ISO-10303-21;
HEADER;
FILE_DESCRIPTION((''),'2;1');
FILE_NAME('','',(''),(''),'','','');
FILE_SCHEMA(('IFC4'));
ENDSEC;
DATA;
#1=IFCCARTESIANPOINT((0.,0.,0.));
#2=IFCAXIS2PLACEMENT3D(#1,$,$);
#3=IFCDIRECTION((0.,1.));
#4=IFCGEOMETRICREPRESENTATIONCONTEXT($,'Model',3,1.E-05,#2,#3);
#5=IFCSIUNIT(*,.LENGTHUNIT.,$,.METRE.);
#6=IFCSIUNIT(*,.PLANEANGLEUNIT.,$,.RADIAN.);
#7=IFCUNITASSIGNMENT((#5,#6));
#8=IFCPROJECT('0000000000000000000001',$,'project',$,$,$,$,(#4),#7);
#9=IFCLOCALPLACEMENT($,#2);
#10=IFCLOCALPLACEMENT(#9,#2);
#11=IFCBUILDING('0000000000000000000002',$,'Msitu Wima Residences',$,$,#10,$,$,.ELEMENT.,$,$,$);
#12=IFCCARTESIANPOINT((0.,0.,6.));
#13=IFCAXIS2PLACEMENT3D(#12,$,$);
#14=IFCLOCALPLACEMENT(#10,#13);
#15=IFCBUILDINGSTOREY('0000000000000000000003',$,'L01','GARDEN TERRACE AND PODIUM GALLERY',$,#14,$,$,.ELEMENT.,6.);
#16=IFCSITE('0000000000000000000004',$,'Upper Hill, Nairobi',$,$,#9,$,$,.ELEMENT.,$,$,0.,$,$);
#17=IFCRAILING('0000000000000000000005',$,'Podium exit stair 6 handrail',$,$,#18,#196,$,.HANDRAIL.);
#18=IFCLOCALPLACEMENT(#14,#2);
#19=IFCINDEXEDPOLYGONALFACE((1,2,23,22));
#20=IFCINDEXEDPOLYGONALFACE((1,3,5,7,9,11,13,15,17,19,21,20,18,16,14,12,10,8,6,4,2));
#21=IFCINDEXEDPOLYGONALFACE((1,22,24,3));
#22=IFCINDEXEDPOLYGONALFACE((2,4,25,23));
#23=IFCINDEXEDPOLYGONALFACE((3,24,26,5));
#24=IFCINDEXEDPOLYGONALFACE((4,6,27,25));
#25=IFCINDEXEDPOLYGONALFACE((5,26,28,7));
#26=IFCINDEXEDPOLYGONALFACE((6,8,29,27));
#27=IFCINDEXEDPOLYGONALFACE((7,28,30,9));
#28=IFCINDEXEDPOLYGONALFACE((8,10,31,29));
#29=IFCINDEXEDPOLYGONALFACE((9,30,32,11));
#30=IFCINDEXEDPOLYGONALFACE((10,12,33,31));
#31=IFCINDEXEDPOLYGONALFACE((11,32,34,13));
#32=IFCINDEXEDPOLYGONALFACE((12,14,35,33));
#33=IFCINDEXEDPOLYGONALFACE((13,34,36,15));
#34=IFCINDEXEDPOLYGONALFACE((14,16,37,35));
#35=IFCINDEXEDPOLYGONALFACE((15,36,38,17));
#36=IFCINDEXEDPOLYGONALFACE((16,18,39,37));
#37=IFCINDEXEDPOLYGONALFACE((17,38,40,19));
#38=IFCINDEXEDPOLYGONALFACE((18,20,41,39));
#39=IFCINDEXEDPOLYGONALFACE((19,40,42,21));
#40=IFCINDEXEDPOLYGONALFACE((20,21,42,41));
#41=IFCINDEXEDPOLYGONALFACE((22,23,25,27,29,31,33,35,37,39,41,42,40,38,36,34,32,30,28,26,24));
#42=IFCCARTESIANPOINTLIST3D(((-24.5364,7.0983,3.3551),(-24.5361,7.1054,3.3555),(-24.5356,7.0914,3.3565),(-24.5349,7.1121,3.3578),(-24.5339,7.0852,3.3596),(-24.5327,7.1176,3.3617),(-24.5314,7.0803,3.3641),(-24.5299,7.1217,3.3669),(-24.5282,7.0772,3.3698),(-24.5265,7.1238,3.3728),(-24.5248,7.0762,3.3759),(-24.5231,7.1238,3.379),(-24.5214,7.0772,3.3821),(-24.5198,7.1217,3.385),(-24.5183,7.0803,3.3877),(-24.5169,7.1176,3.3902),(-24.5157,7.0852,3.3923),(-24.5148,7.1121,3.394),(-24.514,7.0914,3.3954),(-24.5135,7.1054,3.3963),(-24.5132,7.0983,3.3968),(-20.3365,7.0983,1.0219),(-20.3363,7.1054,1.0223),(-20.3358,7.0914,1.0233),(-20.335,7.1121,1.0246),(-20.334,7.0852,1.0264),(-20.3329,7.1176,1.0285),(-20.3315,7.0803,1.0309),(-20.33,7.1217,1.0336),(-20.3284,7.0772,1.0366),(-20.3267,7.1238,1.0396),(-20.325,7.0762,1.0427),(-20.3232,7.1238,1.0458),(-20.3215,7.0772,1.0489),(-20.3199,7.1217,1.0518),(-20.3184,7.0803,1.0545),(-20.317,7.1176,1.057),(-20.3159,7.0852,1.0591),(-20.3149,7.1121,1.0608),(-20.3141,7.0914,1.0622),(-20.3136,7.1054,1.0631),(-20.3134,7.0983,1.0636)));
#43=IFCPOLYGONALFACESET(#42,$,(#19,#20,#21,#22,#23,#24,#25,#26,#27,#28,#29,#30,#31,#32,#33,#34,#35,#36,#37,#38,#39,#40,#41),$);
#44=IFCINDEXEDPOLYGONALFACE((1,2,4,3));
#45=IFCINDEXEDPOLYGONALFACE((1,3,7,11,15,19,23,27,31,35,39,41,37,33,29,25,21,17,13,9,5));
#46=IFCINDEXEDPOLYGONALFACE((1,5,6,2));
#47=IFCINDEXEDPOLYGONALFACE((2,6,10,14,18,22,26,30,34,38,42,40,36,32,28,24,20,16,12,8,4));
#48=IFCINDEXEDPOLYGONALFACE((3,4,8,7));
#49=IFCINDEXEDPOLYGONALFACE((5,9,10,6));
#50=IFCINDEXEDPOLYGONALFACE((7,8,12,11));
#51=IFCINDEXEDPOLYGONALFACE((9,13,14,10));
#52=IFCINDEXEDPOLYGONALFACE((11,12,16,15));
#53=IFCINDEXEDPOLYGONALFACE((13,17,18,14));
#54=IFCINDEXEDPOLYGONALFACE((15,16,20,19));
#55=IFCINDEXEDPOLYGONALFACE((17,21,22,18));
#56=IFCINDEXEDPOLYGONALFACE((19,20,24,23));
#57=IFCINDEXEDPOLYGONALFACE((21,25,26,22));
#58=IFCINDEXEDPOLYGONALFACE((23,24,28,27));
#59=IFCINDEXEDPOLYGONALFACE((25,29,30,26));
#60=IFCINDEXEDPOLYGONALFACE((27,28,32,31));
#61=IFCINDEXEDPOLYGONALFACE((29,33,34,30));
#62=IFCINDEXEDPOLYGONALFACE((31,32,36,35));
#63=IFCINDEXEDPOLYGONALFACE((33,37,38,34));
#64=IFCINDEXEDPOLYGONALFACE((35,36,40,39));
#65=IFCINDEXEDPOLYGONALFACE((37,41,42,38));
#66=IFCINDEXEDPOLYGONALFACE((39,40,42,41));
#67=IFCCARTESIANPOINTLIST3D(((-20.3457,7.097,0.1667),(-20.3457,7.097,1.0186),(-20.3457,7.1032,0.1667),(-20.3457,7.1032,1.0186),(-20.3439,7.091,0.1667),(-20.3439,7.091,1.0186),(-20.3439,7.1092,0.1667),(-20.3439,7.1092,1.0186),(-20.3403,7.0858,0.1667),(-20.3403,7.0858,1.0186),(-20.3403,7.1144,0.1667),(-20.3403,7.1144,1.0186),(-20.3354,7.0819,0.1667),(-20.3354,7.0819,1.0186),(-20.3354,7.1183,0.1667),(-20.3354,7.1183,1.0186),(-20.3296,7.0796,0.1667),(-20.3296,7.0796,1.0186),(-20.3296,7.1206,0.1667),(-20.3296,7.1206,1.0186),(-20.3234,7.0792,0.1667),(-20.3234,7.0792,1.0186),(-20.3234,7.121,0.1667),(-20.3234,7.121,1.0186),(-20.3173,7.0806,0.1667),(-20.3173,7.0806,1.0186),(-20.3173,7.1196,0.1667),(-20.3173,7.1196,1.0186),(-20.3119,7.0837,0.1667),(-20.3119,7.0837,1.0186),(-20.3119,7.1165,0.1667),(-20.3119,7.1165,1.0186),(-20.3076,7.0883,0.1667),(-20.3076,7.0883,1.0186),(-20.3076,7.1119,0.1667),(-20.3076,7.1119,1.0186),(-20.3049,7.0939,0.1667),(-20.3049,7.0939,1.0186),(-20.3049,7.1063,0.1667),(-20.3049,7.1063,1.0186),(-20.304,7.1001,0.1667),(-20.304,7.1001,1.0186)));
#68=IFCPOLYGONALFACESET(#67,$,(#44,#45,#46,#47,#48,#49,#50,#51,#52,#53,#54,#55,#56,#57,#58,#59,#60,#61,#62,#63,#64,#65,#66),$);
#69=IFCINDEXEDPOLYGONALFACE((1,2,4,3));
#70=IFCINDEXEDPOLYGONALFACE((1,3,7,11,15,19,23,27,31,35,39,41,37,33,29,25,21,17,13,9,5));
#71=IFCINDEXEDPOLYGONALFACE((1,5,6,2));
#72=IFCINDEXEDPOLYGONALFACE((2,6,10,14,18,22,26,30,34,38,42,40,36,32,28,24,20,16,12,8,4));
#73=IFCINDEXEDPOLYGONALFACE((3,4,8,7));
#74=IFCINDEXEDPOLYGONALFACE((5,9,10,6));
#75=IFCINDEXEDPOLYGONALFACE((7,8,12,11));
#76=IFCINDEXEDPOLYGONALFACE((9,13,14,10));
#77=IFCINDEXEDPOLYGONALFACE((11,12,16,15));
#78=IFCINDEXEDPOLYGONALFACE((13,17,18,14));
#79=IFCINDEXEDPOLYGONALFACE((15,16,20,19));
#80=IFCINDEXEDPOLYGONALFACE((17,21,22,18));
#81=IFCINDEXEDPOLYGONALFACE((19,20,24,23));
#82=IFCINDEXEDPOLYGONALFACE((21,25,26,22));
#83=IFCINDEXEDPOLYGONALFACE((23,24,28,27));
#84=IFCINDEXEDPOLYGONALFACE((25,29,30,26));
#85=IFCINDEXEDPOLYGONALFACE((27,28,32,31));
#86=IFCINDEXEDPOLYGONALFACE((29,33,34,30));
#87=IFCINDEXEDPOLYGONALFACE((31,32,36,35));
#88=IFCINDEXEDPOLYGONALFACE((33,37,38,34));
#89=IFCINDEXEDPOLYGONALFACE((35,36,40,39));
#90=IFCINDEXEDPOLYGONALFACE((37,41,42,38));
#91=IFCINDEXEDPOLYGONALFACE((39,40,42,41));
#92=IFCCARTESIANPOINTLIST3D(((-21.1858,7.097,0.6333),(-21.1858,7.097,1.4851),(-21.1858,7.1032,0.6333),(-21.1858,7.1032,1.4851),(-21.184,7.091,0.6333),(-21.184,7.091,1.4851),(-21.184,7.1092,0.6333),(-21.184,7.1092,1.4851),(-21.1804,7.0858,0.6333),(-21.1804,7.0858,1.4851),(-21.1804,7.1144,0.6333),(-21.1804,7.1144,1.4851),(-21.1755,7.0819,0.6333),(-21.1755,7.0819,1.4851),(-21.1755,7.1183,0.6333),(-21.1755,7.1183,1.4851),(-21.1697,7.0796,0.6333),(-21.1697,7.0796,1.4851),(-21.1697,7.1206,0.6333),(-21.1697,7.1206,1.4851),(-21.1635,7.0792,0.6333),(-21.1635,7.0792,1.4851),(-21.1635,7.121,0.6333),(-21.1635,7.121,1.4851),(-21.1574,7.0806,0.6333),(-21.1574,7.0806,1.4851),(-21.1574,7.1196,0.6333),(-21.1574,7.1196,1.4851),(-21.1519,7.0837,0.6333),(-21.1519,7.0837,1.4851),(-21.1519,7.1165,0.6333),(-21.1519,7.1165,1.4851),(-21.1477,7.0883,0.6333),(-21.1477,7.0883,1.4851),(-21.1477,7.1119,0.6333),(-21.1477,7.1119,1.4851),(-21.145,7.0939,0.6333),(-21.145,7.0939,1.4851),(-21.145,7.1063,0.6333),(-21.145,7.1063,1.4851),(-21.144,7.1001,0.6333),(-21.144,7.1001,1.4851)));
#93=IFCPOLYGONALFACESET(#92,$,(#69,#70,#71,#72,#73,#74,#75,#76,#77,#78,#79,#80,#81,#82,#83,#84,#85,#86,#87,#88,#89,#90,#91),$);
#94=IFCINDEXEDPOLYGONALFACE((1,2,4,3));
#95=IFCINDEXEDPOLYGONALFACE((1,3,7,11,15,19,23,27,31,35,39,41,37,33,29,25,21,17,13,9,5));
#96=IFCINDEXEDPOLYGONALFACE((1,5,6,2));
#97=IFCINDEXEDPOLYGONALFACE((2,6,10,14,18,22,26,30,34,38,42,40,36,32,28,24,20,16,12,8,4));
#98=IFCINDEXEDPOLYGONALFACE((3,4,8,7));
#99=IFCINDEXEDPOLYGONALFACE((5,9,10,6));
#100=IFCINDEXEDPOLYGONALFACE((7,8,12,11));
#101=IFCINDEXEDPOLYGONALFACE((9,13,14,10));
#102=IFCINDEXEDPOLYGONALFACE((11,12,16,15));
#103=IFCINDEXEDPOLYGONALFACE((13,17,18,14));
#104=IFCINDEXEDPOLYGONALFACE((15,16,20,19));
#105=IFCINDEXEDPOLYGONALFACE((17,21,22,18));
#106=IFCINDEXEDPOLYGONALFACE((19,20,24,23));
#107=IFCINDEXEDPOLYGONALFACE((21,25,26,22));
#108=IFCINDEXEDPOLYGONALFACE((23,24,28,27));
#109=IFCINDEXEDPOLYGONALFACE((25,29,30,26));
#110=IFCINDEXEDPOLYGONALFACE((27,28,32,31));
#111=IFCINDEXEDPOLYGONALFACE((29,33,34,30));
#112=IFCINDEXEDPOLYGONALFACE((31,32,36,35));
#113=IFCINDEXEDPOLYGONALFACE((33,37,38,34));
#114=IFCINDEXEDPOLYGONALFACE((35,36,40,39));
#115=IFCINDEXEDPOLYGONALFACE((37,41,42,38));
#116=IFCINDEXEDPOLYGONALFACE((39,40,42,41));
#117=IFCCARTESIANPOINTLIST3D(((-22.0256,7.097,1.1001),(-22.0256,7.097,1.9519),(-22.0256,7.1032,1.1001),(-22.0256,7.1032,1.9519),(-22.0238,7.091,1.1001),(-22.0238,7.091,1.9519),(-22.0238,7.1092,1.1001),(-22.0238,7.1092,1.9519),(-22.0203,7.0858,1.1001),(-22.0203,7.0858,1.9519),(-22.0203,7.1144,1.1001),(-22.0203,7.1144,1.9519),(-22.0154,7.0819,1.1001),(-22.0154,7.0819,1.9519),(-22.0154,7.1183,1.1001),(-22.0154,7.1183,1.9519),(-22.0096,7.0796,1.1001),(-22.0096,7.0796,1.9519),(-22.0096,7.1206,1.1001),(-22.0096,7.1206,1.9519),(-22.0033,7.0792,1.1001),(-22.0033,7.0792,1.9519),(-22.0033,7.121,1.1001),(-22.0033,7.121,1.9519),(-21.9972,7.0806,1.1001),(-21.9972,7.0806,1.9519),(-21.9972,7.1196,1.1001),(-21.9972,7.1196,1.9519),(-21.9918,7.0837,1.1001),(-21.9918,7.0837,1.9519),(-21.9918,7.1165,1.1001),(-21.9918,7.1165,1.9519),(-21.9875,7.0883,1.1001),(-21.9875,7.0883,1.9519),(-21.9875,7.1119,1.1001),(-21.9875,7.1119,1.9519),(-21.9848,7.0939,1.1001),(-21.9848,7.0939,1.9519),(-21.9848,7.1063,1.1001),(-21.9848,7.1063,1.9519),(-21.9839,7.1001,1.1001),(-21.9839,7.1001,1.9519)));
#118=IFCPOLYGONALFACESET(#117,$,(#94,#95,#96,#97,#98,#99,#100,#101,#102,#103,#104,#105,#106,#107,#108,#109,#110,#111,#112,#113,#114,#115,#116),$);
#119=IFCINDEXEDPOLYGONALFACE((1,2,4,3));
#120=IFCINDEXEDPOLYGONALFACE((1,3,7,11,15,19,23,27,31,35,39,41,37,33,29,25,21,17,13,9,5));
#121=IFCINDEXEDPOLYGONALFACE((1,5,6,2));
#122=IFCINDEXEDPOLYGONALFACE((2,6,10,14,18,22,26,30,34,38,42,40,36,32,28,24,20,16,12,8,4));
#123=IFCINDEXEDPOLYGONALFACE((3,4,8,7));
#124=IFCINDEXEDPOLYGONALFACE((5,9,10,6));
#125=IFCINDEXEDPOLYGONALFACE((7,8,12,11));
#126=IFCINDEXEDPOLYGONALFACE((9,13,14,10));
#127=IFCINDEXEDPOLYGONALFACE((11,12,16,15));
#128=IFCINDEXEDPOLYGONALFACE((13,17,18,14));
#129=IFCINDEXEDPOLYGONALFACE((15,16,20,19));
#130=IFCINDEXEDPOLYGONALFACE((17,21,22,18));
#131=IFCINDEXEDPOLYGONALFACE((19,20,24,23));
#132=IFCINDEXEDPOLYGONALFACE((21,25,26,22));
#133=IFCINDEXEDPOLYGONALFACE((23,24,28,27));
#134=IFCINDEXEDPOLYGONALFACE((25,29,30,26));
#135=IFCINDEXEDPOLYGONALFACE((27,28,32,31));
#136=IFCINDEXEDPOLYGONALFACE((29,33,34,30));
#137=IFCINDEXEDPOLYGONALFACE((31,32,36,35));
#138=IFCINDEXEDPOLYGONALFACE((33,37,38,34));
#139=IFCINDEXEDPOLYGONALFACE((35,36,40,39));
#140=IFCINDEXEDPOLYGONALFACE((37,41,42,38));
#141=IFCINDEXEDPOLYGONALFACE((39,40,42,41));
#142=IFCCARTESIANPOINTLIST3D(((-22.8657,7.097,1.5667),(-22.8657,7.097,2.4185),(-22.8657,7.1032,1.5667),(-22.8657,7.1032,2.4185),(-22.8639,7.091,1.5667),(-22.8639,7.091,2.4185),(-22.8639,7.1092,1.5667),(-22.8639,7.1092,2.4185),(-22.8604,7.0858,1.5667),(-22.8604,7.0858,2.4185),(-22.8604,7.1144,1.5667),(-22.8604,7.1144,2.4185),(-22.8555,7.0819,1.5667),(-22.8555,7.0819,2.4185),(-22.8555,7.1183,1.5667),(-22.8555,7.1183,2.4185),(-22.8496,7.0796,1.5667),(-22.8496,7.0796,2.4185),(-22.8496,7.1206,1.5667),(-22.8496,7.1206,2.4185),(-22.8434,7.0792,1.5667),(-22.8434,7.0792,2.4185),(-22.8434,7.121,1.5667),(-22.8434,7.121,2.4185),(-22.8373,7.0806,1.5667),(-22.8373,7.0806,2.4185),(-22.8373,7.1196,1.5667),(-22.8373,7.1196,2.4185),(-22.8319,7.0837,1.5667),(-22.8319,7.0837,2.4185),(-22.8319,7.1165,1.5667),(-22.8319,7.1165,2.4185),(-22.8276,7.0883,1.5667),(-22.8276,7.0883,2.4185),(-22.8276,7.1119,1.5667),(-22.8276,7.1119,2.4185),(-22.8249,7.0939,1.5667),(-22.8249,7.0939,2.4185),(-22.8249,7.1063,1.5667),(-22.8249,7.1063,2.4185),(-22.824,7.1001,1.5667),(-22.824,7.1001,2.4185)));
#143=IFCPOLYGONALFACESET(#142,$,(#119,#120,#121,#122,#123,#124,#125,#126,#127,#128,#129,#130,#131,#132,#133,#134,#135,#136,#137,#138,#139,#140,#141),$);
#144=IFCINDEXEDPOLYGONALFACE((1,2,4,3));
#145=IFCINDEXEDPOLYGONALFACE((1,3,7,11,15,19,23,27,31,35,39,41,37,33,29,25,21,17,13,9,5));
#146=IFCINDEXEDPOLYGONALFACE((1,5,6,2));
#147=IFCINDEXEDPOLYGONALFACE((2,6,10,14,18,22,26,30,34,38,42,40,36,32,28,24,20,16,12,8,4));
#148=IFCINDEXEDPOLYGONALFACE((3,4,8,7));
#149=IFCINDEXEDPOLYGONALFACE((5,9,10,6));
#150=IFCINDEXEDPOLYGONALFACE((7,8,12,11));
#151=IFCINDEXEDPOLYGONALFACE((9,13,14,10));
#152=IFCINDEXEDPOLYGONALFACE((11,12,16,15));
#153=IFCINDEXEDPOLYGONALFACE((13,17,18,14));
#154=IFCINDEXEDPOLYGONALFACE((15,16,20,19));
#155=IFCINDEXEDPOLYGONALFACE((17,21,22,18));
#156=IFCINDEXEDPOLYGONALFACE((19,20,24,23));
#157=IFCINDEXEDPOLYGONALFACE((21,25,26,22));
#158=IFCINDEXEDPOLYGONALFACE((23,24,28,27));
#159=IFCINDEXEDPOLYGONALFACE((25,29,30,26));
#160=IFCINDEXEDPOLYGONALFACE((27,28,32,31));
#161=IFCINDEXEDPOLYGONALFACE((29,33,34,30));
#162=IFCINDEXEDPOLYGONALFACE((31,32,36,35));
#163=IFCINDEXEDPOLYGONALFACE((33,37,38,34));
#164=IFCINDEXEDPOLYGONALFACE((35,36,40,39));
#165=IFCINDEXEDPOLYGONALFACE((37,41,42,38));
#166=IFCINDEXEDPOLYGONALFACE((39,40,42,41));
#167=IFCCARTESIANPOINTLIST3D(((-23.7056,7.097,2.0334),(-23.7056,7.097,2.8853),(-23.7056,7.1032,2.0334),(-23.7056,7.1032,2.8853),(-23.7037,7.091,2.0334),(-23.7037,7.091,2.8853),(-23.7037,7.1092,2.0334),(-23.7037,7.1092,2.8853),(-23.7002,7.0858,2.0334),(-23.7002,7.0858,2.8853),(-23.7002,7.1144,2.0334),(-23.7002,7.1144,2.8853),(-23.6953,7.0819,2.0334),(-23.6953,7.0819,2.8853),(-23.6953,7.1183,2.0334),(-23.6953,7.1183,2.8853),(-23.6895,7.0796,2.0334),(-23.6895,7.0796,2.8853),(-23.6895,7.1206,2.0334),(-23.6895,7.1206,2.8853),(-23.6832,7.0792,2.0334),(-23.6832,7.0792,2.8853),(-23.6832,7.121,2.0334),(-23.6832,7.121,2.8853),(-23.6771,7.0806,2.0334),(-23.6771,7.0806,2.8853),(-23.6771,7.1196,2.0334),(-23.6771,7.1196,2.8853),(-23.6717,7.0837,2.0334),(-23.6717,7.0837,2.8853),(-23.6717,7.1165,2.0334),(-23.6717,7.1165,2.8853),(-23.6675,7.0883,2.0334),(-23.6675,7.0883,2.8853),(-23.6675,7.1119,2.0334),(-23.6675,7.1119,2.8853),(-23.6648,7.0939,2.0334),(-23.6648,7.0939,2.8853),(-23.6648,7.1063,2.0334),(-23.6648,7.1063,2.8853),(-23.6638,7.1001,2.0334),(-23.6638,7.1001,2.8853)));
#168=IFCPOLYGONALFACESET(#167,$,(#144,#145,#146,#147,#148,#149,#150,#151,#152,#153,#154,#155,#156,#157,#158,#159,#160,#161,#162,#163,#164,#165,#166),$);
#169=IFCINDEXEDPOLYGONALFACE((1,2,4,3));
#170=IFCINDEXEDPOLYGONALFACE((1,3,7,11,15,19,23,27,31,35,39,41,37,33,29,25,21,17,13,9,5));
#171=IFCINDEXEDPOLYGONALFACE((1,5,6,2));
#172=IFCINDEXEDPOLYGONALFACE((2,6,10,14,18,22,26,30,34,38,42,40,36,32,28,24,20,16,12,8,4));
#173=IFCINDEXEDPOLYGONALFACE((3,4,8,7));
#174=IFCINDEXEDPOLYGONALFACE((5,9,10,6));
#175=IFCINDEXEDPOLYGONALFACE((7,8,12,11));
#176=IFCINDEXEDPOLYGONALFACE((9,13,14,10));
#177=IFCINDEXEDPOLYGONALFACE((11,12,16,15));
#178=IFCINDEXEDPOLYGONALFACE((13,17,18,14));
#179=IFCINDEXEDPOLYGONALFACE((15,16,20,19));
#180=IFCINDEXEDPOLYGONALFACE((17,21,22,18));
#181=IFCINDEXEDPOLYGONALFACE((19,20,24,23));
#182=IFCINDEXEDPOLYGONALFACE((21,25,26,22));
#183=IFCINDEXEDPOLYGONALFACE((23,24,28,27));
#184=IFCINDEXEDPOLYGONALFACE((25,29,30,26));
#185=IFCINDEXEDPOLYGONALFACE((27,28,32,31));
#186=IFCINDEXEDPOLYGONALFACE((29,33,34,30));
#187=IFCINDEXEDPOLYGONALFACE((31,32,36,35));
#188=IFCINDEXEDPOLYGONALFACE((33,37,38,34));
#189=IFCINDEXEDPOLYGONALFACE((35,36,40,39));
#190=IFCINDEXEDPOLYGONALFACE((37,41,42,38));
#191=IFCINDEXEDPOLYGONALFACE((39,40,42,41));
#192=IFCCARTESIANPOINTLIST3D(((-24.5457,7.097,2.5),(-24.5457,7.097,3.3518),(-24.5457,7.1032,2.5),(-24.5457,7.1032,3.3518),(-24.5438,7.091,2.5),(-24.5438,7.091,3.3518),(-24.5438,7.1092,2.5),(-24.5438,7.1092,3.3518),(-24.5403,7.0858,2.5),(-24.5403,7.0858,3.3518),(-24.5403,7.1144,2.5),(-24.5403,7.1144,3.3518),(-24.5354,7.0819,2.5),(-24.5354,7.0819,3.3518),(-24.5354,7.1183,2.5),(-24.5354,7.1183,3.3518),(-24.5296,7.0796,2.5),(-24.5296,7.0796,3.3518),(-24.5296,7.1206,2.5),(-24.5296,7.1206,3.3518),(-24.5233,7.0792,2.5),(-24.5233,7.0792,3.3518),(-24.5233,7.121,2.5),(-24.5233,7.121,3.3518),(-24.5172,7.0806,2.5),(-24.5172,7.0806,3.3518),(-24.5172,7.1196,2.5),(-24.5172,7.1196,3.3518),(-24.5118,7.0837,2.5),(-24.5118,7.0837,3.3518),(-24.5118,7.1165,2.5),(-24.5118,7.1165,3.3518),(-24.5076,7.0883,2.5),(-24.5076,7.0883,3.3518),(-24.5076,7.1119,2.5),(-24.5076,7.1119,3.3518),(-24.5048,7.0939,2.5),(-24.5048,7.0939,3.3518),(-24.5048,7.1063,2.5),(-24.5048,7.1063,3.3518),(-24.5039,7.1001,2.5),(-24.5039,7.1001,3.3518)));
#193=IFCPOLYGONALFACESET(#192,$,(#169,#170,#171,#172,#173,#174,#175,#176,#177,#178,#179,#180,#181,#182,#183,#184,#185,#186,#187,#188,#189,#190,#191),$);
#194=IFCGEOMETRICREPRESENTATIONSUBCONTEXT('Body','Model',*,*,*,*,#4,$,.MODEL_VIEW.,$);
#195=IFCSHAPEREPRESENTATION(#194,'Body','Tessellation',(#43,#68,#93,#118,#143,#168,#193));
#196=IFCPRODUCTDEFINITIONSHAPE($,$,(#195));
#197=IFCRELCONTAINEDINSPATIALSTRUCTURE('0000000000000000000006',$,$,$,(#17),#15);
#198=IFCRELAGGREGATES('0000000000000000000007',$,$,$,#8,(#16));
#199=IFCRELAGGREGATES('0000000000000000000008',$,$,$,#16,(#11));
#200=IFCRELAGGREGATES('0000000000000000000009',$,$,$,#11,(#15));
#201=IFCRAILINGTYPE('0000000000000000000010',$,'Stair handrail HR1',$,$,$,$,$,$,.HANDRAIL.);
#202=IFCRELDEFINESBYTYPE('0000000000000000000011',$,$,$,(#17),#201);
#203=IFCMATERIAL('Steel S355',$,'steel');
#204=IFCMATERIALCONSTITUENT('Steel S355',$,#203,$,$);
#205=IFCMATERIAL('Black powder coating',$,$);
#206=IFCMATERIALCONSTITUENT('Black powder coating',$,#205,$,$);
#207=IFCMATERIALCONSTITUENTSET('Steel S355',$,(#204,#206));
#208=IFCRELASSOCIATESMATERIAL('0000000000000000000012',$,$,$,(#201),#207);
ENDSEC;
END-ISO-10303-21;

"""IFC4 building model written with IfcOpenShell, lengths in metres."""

from ifc_helpers import new_model, si_unit, direction, frame, origin, origin_2d, place, context, subcontext, project, spatial, circle, extrude, material, constituent, constituent_set, type_object, element, save


model = new_model("IFC4")

# Units and contexts
model_context = context("Model", 3, precision=1e-05, world=origin(), true_north=direction((0.0, 1.0)))
body_context = subcontext(model_context, "Body", "Model", "MODEL_VIEW")
ifc_project = project(units=[si_unit("LENGTHUNIT", "METRE"), si_unit("PLANEANGLEUNIT", "RADIAN")], contexts=[model_context])

# Site, building, storey
site_placement = place(None, origin())
site = spatial("IfcSite", under=ifc_project, at=site_placement, Name="Upper Hill, Nairobi", CompositionType="ELEMENT", RefElevation=0.0)
building_placement = place(site_placement, origin())
building = spatial("IfcBuilding", under=site, at=building_placement, Name="Msitu Wima Residences", CompositionType="ELEMENT")
storey_placement = place(building_placement, frame((0.0, 0.0, 6.0)))
storey = spatial("IfcBuildingStorey", under=building, at=storey_placement, Name="L01", Description="GARDEN TERRACE AND PODIUM GALLERY", CompositionType="ELEMENT", Elevation=6.0)

# Railing
ifc_material_1 = material(Name="Steel S355", Category="steel")
ifc_constituent_1 = constituent(ifc_material_1, Name="Steel S355")
ifc_material_2 = material(Name="Black powder coating")
ifc_constituent_2 = constituent(ifc_material_2, Name="Black powder coating")
ifc_constituent_set = constituent_set(constituents=[ifc_constituent_1, ifc_constituent_2], Name="Steel S355")
railing_type = type_object("IfcRailingType", Name="Stair handrail HR1", PredefinedType="HANDRAIL", material=ifc_constituent_set)
railing_1_placement = place(storey_placement, frame((-20.325, 7.1001, 0.1667)))
element("IfcRailing", 1, at=railing_1_placement, inside=storey, type_object=railing_type, Name="Podium exit stair 6 handrail", PredefinedType="HANDRAIL", context=body_context, shape_type="SweptSolid", body=[
    extrude(circle(Radius=0.0239, at=origin_2d()), frame((0.0, 0.0, 0.876), z_axis=(-0.874162, 0.0, 0.485634), x_axis=(0.0, -1.0, 0.0)), (0.0, 0.0, 1.0), 4.8044),
    extrude(circle(Radius=0.021, at=origin_2d()), origin(), (0.0, 0.0, 1.0), 0.8518),
    extrude(circle(Radius=0.021, at=origin_2d()), frame((-0.8401, 0.0, 0.4666)), (0.0, 0.0, 1.0), 0.8518),
    extrude(circle(Radius=0.021, at=origin_2d()), frame((-1.6799, 0.0, 0.9333)), (0.0, 0.0, 1.0), 0.8518),
    extrude(circle(Radius=0.021, at=origin_2d()), frame((-2.52, 0.0, 1.3999)), (0.0, 0.0, 1.0), 0.8518),
    extrude(circle(Radius=0.021, at=origin_2d()), frame((-3.3599, 0.0, 1.8667)), (0.0, 0.0, 1.0), 0.8518),
    extrude(circle(Radius=0.021, at=origin_2d()), frame((-4.2, 0.0, 2.3333)), (0.0, 0.0, 1.0), 0.8518),
])

save(model, "model.ifc")
